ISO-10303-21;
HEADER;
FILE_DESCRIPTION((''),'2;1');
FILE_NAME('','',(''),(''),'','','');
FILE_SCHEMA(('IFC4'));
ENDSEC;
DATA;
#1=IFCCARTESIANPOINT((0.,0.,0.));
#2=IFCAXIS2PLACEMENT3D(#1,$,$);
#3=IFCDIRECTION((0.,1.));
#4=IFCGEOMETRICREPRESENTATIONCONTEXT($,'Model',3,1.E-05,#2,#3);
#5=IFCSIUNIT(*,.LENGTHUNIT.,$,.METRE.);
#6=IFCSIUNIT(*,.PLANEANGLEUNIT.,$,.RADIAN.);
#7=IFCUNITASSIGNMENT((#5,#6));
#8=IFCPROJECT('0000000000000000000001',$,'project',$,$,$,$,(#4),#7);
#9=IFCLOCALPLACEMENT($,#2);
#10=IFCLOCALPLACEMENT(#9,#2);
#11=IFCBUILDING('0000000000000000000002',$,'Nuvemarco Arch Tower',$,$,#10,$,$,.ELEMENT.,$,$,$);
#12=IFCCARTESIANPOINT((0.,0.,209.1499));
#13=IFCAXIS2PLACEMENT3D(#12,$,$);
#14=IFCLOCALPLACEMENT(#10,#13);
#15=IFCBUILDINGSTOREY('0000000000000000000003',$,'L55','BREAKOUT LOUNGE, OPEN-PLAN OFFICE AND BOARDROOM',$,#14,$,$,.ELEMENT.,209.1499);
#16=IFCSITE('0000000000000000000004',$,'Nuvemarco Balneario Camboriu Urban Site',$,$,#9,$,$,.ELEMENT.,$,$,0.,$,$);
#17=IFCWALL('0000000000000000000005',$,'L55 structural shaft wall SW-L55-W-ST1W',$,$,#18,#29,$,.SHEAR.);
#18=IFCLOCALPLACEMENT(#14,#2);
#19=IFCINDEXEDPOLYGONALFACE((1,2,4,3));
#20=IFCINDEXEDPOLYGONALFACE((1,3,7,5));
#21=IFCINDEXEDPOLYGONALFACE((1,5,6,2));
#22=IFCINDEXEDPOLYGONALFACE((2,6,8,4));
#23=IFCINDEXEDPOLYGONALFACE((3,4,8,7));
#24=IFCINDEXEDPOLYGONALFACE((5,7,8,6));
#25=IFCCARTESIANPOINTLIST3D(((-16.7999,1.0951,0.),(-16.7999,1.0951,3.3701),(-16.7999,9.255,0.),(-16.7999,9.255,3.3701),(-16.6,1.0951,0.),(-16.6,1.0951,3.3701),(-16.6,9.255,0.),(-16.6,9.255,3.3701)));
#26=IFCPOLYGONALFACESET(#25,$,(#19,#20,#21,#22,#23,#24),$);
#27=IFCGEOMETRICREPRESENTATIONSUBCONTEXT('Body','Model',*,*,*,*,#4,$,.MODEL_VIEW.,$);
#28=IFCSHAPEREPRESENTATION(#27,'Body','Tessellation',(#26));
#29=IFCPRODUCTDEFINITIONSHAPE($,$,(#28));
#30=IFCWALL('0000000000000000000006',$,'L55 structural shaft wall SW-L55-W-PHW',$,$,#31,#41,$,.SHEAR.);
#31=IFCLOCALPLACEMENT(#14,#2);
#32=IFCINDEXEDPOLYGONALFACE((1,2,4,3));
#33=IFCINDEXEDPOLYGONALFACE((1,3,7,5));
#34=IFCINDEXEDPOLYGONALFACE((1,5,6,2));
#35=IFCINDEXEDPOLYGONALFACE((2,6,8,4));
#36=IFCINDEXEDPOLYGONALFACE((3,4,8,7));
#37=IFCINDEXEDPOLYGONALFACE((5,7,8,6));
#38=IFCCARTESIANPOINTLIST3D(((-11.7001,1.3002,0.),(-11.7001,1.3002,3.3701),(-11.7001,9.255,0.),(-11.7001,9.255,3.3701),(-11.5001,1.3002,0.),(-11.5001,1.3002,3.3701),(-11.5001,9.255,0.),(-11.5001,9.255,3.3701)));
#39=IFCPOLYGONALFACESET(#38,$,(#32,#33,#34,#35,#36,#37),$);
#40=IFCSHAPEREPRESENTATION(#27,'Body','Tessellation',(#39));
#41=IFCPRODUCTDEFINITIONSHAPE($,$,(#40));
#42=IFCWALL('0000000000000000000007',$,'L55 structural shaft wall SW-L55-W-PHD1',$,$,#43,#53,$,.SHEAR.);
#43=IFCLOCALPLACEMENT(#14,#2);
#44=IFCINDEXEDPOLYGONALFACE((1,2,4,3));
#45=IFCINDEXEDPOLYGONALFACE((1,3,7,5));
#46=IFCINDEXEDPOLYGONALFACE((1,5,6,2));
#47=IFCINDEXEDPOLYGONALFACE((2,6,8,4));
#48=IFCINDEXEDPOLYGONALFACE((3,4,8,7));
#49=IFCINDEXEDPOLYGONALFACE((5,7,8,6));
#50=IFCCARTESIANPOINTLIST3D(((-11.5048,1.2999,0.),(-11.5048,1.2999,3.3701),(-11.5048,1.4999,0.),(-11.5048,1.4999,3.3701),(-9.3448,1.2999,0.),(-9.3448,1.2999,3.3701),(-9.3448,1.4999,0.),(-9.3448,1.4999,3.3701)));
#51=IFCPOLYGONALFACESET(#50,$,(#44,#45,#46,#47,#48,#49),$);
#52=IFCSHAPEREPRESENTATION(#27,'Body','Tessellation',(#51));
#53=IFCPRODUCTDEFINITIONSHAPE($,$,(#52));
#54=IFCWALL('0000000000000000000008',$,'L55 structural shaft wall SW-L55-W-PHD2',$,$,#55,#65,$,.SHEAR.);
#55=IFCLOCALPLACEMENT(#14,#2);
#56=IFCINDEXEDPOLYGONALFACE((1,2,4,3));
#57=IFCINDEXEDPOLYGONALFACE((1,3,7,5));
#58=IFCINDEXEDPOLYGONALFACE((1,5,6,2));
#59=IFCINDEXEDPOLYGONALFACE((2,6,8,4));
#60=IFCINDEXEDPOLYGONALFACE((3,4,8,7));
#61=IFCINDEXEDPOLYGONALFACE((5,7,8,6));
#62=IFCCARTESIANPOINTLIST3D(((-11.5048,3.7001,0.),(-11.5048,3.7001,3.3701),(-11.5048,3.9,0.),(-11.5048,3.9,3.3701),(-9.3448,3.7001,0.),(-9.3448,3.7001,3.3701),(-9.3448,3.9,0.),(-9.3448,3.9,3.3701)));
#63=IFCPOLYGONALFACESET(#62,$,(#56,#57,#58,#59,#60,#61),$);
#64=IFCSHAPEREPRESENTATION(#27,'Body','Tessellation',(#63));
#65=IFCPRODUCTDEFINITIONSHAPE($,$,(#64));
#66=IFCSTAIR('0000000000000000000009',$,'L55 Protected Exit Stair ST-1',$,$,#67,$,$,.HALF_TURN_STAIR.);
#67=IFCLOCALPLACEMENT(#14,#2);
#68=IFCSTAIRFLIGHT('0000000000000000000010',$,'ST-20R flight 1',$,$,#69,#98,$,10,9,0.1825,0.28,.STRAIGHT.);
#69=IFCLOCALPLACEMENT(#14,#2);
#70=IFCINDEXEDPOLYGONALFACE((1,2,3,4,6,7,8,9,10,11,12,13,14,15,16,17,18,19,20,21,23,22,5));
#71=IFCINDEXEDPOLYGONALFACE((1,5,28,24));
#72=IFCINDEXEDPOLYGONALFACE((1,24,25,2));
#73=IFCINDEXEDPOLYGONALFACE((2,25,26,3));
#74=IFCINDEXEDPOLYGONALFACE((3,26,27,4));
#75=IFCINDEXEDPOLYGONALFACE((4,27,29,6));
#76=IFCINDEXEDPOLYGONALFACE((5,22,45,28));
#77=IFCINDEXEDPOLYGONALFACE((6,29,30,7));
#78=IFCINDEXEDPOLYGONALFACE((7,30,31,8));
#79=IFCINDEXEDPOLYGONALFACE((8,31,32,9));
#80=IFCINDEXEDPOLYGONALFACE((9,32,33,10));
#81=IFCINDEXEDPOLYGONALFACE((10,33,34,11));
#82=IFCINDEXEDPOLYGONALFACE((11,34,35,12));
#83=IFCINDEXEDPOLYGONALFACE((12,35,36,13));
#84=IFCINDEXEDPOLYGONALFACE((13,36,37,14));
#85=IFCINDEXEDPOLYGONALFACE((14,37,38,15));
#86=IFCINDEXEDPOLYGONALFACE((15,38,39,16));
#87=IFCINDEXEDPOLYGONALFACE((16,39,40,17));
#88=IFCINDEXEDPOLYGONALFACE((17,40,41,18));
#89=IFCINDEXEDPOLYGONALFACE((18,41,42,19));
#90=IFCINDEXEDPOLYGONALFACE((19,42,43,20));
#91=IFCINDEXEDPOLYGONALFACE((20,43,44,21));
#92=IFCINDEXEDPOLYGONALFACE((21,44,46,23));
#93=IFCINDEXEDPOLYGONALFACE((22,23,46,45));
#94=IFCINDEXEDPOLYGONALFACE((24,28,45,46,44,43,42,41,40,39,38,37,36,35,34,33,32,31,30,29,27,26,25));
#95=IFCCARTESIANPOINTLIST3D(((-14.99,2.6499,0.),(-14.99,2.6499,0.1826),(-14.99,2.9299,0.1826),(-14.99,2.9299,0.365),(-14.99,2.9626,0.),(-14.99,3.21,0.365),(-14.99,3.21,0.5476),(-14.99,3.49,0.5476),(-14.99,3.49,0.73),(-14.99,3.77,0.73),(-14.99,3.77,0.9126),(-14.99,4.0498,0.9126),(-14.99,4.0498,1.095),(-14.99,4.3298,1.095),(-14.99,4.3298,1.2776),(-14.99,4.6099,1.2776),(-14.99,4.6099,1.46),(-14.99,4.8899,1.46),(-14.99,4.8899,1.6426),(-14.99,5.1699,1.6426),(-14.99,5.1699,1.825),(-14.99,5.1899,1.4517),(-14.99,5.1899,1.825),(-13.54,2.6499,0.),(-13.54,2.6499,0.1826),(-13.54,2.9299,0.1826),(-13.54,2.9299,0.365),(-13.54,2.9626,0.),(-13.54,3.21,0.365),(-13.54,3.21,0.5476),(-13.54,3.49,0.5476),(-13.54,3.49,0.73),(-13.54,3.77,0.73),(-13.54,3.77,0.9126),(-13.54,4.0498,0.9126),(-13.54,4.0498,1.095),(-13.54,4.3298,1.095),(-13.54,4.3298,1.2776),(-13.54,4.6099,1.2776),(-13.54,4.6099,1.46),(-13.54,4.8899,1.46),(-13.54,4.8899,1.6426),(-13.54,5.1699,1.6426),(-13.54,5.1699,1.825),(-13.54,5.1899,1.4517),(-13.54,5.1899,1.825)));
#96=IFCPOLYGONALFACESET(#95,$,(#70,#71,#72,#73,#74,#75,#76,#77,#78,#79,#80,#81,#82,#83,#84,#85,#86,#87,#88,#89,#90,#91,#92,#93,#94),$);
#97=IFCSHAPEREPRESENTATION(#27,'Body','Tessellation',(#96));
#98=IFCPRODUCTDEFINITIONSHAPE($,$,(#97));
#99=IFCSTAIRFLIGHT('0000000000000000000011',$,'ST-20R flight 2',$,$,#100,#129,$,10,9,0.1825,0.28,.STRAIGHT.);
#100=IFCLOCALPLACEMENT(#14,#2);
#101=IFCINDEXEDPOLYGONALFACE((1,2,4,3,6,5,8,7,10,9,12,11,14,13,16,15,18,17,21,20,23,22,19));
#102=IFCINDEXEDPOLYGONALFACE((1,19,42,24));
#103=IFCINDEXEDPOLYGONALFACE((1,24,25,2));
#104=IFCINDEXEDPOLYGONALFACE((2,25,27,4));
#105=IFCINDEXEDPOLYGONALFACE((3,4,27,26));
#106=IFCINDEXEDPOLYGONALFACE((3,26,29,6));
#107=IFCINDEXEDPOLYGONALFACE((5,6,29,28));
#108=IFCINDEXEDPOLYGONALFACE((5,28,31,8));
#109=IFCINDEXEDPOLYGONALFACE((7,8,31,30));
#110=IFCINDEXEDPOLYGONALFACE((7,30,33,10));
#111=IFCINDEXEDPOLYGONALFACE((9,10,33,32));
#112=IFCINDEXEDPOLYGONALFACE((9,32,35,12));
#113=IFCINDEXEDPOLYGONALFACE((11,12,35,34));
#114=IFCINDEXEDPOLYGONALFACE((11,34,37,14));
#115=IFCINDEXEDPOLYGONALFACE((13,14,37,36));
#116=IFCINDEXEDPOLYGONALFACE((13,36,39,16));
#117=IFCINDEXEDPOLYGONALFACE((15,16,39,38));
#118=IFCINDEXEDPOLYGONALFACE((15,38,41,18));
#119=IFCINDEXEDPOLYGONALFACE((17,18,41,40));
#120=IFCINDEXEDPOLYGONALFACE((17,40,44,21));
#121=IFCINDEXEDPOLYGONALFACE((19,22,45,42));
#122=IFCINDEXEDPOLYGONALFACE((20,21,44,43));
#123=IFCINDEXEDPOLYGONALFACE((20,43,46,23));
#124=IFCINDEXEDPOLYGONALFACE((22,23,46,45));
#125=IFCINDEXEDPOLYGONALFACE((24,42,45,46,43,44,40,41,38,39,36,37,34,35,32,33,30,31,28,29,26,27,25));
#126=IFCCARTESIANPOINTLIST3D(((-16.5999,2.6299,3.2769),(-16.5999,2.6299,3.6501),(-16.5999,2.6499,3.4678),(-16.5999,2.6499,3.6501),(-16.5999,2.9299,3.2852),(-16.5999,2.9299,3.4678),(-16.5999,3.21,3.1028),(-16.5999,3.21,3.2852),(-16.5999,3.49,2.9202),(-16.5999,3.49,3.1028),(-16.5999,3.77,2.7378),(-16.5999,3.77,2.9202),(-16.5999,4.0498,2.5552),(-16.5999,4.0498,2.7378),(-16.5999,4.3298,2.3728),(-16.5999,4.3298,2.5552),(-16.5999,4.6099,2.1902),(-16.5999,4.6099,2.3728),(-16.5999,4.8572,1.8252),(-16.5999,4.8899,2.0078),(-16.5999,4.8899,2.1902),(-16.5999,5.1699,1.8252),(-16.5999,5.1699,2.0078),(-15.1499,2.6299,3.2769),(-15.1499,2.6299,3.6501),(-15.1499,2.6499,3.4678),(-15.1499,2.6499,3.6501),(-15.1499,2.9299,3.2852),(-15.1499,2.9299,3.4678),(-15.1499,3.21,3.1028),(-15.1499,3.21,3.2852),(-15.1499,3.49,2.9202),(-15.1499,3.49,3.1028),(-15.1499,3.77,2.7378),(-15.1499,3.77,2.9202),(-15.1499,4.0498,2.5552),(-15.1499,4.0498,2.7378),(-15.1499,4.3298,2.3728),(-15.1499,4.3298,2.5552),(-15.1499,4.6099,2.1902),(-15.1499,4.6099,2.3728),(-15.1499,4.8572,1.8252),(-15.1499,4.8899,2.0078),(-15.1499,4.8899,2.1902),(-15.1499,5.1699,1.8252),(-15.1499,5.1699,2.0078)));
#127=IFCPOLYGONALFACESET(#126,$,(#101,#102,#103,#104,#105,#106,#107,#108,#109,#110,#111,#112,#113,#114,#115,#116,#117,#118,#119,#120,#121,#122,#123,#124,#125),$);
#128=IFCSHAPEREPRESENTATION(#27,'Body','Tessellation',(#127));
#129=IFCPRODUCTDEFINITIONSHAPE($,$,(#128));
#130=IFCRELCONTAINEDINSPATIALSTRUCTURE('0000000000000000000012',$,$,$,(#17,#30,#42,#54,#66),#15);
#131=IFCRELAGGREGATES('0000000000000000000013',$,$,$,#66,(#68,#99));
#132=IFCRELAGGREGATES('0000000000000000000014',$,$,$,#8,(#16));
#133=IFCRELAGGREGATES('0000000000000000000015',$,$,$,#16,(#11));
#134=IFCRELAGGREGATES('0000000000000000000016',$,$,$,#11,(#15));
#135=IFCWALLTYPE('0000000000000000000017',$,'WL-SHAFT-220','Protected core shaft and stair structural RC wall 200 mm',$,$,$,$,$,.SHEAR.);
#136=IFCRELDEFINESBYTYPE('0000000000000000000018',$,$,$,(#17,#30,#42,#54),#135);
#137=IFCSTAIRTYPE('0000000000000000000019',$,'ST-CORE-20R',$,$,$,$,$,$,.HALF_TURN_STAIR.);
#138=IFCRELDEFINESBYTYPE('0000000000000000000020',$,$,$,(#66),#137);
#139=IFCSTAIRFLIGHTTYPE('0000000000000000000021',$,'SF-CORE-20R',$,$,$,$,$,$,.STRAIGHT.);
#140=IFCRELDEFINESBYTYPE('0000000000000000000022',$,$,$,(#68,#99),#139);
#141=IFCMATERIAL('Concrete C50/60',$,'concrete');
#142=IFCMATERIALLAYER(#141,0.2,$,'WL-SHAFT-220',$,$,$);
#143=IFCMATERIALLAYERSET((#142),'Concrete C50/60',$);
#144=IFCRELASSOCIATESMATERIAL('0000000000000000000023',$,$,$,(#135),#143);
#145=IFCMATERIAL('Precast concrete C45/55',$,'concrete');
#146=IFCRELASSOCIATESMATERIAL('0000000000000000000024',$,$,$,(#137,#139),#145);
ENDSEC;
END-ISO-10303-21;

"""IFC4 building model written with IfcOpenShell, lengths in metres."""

from ifc_helpers import new_model, si_unit, direction, frame, frame_2d, origin, place, context, subcontext, project, spatial, polyline, rectangle, outline, extrude, material, layer, layer_set, type_object, element, aggregate, save


model = new_model("IFC4")

# Units and contexts
model_context = context("Model", 3, precision=1e-05, world=origin(), true_north=direction((0.0, 1.0)))
body_context = subcontext(model_context, "Body", "Model", "MODEL_VIEW")
ifc_project = project(units=[si_unit("LENGTHUNIT", "METRE"), si_unit("PLANEANGLEUNIT", "RADIAN")], contexts=[model_context])

# Site, building, storey
site_placement = place(None, origin())
site = spatial("IfcSite", under=ifc_project, at=site_placement, Name="Nuvemarco Balneario Camboriu Urban Site", CompositionType="ELEMENT", RefElevation=0.0)
building_placement = place(site_placement, origin())
building = spatial("IfcBuilding", under=site, at=building_placement, Name="Nuvemarco Arch Tower", CompositionType="ELEMENT")
storey_placement = place(building_placement, frame((0.0, 0.0, 209.1499)))
storey = spatial("IfcBuildingStorey", under=building, at=storey_placement, Name="L55", Description="BREAKOUT LOUNGE, OPEN-PLAN OFFICE AND BOARDROOM", CompositionType="ELEMENT", Elevation=209.1499)

# Shared definitions
ifc_material_1 = material(Name="Concrete C50/60", Category="concrete")

# Shared definitions
ifc_layer_1 = layer(ifc_material_1, 0.2, Name="WL-SHAFT-220")
ifc_layer_set_1 = layer_set([ifc_layer_1], Name="Concrete C50/60")
wall_type_1 = type_object("IfcWallType", Name="WL-SHAFT-220", Description="Protected core shaft and stair structural RC wall 200 mm", PredefinedType="SHEAR", material=ifc_layer_set_1)

# Walls
wall_1_placement = place(storey_placement, frame((-16.7, 1.095, 0.0), z_axis=(0.0, 0.0, 1.0), x_axis=(0.0, 1.0, 0.0)))
element("IfcWall", 1, at=wall_1_placement, inside=storey, type_object=wall_type_1, Name="L55 structural shaft wall SW-L55-W-ST1W", PredefinedType="SHEAR", context=body_context, shape_type="SweptSolid", body=[
    extrude(rectangle(XDim=8.1599, YDim=0.2, at=frame_2d((4.0801, 0.0))), origin(), (0.0, 0.0, 1.0), 3.3701),
])
wall_2_placement = place(storey_placement, frame((-11.6001, 1.3, 0.0), z_axis=(0.0, 0.0, 1.0), x_axis=(0.0, 1.0, 0.0)))
element("IfcWall", 2, at=wall_2_placement, inside=storey, type_object=wall_type_1, Name="L55 structural shaft wall SW-L55-W-PHW", PredefinedType="SHEAR", context=body_context, shape_type="SweptSolid", body=[
    extrude(rectangle(XDim=7.9548, YDim=0.2, at=frame_2d((3.9775, 0.0))), origin(), (0.0, 0.0, 1.0), 3.3701),
])
for number, where, z_axis, x_axis, name in (
    (3, (-11.5049, 1.3999, 0.0), (0.0, 0.0, 1.0), (1.0, 0.0, 0.0), "L55 structural shaft wall SW-L55-W-PHD1"),
    (4, (-11.5049, 3.8, 0.0), (0.0, 0.0, 1.0), (1.0, 0.0, 0.0), "L55 structural shaft wall SW-L55-W-PHD2"),
):
    element("IfcWall", number, at=place(storey_placement, frame(where, z_axis=z_axis, x_axis=x_axis)), inside=storey, type_object=wall_type_1, Name=name, PredefinedType="SHEAR", context=body_context, shape_type="SweptSolid", body=[
        extrude(rectangle(XDim=2.1599, YDim=0.2, at=frame_2d((1.0801, 0.0))), origin(), (0.0, 0.0, 1.0), 3.3701),
    ])

# Stair, stair flights
ifc_material_2 = material(Name="Precast concrete C45/55", Category="concrete")
stair_type = type_object("IfcStairType", Name="ST-CORE-20R", PredefinedType="HALF_TURN_STAIR", material=ifc_material_2)
stair_placement = place(storey_placement, origin())
stair = element("IfcStair", 5, at=stair_placement, inside=storey, type_object=stair_type, Name="L55 Protected Exit Stair ST-1", PredefinedType="HALF_TURN_STAIR")
stair_flight_type = type_object("IfcStairFlightType", Name="SF-CORE-20R", PredefinedType="STRAIGHT", material=ifc_material_2)
stair_flight_1_placement = place(storey_placement, frame((-14.2649, 2.6499, 0.0), z_axis=(0.0, 0.0, 1.0), x_axis=(0.0, 1.0, 0.0)))
stair_flight_1 = element("IfcStairFlight", 6, at=stair_flight_1_placement, type_object=stair_flight_type, Name="ST-20R flight 1", NumberOfRisers=10, NumberOfTreads=9, PredefinedType="STRAIGHT", RiserHeight=0.1825, TreadLength=0.28, context=body_context, shape_type="SweptSolid", body=[
    extrude(outline(polyline([(0.0, 0.0), (0.0, 0.1826), (0.28, 0.1826), (0.28, 0.365), (0.5601, 0.365), (0.5601, 0.5476), (0.8401, 0.5476), (0.8401, 0.73), (1.1201, 0.73), (1.1201, 0.9126), (1.3999, 0.9126), (1.3999, 1.095), (1.6799, 1.095), (1.6799, 1.2776), (1.96, 1.2776), (1.96, 1.46), (2.24, 1.46), (2.24, 1.6426), (2.52, 1.6426), (2.52, 1.825), (2.54, 1.825), (2.54, 1.4517), (0.3127, 0.0), (0.0, 0.0)])), frame((0.0, 0.7251, 0.0), z_axis=(0.0, -1.0, 0.0), x_axis=(1.0, 0.0, 0.0)), (0.0, 0.0, 1.0), 1.45),
])
stair_flight_2_placement = place(storey_placement, frame((-15.875, 5.1699, 1.8252), z_axis=(0.0, 0.0, 1.0), x_axis=(0.0, -1.0, 0.0)))
stair_flight_2 = element("IfcStairFlight", 7, at=stair_flight_2_placement, type_object=stair_flight_type, Name="ST-20R flight 2", NumberOfRisers=10, NumberOfTreads=9, PredefinedType="STRAIGHT", RiserHeight=0.1825, TreadLength=0.28, context=body_context, shape_type="SweptSolid", body=[
    extrude(outline(polyline([(0.0, 0.0), (0.0, 0.1826), (0.28, 0.1826), (0.28, 0.365), (0.5601, 0.365), (0.5601, 0.5476), (0.8401, 0.5476), (0.8401, 0.73), (1.1201, 0.73), (1.1201, 0.9126), (1.3999, 0.9126), (1.3999, 1.095), (1.6799, 1.095), (1.6799, 1.2776), (1.96, 1.2776), (1.96, 1.46), (2.24, 1.46), (2.24, 1.6426), (2.52, 1.6426), (2.52, 1.825), (2.54, 1.825), (2.54, 1.4517), (0.3127, 0.0), (0.0, 0.0)])), frame((0.0, 0.7251, 0.0), z_axis=(0.0, -1.0, 0.0), x_axis=(1.0, 0.0, 0.0)), (0.0, 0.0, 1.0), 1.45),
])
aggregate(stair, [stair_flight_1, stair_flight_2])

save(model, "model.ifc")
